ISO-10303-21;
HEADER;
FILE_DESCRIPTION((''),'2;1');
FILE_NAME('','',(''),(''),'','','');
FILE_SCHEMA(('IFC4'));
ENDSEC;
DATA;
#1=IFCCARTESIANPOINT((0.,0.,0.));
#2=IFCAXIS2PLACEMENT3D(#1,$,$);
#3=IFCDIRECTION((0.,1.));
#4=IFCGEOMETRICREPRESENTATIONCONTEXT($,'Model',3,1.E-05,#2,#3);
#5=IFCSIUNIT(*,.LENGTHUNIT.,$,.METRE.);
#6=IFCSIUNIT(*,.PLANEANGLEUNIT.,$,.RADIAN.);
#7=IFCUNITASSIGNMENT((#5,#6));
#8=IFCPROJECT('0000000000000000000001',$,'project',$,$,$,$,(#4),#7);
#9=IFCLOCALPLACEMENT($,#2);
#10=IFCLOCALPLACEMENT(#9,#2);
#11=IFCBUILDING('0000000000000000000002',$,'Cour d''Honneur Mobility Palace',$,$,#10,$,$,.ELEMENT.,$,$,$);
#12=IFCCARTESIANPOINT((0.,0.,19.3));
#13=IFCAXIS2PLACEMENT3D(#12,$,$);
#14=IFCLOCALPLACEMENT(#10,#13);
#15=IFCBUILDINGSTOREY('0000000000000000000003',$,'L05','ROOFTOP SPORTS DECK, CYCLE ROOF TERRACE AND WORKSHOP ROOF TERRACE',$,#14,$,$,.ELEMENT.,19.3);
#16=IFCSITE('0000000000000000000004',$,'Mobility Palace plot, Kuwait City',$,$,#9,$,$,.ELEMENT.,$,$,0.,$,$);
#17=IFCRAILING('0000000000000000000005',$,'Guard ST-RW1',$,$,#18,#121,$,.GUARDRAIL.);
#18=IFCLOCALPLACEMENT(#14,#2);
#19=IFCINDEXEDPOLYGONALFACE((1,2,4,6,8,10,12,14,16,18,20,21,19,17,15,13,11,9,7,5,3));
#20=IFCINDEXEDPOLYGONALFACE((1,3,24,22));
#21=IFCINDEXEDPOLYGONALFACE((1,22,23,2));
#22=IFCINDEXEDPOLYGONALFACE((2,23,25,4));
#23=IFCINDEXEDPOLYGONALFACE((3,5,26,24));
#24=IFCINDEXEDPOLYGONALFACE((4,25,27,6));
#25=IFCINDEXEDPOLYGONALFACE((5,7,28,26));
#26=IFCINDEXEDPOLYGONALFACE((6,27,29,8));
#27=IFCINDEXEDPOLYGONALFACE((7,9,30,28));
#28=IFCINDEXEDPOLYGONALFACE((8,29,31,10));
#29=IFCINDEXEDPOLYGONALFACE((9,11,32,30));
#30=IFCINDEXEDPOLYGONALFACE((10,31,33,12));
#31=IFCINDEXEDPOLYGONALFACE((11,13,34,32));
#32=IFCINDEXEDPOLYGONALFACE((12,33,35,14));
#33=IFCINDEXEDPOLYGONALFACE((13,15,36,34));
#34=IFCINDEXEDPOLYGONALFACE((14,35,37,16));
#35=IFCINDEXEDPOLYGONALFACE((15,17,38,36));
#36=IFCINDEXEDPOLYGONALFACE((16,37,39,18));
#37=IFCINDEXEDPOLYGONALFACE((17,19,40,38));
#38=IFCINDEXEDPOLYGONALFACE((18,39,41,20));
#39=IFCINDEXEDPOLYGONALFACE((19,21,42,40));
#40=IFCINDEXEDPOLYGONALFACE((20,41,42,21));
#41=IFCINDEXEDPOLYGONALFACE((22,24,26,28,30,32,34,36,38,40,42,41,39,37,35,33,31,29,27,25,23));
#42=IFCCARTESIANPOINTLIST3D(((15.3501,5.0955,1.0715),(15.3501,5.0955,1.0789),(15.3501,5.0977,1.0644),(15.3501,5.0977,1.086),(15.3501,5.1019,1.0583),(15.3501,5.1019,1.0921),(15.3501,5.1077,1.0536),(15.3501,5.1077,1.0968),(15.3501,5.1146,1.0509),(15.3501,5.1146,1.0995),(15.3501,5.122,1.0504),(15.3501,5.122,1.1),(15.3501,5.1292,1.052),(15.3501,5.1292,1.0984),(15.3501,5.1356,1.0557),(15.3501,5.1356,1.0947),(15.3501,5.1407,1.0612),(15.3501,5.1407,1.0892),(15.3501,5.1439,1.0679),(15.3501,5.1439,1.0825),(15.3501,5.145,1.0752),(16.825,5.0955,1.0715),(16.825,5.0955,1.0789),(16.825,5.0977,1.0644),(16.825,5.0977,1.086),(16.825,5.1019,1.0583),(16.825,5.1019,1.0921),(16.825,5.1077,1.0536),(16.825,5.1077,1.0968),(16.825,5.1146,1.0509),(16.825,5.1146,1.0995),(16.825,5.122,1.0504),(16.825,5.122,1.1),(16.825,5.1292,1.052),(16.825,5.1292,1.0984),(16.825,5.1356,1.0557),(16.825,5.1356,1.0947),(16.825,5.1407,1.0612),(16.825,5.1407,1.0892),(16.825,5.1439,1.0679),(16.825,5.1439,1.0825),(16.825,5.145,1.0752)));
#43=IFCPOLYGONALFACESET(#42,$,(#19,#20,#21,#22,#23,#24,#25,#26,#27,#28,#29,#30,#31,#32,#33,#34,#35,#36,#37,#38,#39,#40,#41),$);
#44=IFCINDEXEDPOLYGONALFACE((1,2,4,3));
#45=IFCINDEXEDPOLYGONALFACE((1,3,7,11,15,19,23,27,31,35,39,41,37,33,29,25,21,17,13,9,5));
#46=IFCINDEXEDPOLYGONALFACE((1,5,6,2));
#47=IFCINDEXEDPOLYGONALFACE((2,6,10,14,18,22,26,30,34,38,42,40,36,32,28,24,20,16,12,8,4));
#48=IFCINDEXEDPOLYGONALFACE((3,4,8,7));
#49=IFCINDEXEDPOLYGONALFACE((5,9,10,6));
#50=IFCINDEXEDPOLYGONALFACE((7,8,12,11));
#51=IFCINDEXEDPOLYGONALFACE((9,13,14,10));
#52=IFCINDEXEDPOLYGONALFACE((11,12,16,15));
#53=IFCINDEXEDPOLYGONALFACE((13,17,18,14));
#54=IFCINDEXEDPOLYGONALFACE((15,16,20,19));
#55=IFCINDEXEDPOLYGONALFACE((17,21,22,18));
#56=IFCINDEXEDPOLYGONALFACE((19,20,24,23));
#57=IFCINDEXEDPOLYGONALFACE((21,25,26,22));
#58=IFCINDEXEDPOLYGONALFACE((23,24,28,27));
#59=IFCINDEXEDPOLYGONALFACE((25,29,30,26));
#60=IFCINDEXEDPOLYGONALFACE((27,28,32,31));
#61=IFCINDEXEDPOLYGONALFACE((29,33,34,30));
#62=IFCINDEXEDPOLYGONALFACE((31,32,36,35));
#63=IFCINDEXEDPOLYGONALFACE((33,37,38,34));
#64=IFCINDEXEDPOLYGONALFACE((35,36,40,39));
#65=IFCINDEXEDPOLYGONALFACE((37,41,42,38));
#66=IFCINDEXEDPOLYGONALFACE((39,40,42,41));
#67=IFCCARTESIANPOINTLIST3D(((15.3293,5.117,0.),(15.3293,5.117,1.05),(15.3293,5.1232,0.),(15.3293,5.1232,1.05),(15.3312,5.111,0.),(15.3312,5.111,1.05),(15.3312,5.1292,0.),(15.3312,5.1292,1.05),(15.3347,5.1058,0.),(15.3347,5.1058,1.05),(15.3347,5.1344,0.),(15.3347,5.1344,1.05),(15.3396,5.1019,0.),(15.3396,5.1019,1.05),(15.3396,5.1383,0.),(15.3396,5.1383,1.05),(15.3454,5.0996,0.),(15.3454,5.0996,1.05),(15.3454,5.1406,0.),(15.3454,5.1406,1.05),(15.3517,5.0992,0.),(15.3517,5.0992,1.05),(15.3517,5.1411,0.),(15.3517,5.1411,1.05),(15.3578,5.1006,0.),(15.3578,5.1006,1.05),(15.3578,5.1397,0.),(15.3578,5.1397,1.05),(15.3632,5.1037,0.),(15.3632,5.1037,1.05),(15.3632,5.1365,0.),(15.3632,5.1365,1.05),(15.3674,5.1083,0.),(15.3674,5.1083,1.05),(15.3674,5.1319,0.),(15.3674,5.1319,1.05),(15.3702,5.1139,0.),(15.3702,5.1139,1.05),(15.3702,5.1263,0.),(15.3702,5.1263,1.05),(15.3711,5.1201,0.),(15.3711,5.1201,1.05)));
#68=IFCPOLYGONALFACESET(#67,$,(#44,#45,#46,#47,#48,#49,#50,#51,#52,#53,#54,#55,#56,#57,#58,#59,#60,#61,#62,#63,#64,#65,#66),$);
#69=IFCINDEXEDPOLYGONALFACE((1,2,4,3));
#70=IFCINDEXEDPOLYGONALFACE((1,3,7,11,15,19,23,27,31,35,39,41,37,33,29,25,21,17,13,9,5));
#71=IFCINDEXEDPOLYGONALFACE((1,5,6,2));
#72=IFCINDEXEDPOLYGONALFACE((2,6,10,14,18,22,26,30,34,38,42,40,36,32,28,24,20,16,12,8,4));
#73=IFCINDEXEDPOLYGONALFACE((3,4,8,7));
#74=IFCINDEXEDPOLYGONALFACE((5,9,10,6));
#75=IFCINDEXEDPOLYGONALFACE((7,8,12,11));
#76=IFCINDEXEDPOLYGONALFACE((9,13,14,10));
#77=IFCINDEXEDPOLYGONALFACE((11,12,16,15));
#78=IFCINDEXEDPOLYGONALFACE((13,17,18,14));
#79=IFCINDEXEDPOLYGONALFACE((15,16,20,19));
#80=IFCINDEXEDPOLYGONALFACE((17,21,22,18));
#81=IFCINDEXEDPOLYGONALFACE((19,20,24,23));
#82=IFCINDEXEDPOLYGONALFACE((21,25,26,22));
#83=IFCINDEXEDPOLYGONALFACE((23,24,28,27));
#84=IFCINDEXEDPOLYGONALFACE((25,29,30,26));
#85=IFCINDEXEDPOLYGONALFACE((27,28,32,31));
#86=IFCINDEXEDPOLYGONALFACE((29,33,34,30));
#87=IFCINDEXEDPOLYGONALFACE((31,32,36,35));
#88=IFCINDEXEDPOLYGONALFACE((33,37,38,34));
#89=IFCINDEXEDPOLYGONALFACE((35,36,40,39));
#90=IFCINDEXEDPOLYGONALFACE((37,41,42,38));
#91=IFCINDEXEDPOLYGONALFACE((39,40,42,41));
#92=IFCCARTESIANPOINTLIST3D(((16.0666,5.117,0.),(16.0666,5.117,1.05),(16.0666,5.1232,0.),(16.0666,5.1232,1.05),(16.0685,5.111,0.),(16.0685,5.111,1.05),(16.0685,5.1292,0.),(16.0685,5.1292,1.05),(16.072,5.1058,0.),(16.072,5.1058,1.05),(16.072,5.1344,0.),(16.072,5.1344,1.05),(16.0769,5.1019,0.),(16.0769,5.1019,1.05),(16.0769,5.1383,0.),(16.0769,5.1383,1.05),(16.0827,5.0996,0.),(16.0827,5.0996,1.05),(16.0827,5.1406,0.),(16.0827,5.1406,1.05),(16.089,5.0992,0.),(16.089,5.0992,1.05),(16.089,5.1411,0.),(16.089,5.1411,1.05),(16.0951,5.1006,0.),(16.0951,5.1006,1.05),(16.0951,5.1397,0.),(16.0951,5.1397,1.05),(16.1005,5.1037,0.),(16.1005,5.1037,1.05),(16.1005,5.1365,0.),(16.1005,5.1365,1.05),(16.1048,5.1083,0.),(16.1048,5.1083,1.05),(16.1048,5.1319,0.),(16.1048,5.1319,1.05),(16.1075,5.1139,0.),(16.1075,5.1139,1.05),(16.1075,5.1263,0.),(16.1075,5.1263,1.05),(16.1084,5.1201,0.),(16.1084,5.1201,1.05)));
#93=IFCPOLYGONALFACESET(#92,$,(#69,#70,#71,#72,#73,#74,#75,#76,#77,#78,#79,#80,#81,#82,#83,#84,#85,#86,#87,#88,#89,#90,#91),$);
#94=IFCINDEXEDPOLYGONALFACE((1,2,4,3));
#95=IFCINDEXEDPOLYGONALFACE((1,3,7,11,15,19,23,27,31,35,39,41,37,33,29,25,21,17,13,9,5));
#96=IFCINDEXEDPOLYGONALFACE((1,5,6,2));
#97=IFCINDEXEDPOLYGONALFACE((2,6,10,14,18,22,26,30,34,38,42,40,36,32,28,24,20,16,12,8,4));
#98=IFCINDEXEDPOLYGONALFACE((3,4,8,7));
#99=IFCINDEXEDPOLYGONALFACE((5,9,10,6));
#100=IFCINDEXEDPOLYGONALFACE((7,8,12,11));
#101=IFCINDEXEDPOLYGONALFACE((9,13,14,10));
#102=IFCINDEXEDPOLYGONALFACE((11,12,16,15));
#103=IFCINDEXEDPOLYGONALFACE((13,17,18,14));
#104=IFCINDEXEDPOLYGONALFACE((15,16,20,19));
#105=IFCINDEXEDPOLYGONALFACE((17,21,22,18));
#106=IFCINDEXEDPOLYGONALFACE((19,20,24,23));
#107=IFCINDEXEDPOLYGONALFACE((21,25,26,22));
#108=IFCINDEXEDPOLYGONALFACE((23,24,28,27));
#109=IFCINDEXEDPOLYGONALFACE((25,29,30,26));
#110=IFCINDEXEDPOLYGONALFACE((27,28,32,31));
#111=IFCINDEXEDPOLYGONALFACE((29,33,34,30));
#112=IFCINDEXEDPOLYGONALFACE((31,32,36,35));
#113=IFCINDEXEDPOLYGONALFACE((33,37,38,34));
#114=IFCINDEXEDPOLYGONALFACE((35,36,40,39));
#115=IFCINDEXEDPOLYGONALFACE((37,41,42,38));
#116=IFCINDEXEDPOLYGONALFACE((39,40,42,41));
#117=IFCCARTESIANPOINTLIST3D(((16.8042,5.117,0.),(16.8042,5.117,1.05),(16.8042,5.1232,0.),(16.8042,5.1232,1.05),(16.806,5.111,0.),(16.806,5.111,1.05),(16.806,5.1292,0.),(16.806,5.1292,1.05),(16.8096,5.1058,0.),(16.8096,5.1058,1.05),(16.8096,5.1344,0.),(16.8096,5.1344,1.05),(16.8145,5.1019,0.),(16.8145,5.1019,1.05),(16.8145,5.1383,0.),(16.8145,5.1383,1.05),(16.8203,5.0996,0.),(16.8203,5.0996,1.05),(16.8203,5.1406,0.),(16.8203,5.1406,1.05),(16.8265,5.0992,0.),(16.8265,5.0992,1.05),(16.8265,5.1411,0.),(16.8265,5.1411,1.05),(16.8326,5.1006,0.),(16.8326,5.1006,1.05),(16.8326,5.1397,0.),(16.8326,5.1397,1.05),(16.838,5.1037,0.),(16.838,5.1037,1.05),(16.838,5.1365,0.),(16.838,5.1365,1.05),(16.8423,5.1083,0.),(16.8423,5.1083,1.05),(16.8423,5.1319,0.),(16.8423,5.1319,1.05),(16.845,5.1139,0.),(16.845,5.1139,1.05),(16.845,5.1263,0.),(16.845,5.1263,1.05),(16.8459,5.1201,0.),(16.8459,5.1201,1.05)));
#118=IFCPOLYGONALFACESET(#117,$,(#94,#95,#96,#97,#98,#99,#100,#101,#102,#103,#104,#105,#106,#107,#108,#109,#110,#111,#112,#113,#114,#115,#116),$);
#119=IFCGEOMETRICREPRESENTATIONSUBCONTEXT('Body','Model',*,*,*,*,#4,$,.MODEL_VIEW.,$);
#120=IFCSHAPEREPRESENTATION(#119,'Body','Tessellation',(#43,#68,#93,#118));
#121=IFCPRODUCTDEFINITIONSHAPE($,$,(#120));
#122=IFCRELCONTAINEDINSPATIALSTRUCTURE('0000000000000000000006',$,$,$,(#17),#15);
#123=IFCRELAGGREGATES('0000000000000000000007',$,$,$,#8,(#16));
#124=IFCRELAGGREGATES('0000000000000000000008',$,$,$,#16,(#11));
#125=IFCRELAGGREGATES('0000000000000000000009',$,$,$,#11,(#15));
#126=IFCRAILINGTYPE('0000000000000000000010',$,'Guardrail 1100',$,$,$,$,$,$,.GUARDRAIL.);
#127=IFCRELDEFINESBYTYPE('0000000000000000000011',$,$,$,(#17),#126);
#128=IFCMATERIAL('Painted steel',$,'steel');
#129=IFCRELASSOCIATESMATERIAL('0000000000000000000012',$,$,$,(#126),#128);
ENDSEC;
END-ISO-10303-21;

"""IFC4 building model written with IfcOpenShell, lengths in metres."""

from ifc_helpers import new_model, si_unit, direction, frame, origin, origin_2d, place, context, subcontext, project, spatial, circle, extrude, material, type_object, element, save


model = new_model("IFC4")

# Units and contexts
model_context = context("Model", 3, precision=1e-05, world=origin(), true_north=direction((0.0, 1.0)))
body_context = subcontext(model_context, "Body", "Model", "MODEL_VIEW")
ifc_project = project(units=[si_unit("LENGTHUNIT", "METRE"), si_unit("PLANEANGLEUNIT", "RADIAN")], contexts=[model_context])

# Site, building, storey
site_placement = place(None, origin())
site = spatial("IfcSite", under=ifc_project, at=site_placement, Name="Mobility Palace plot, Kuwait City", CompositionType="ELEMENT", RefElevation=0.0)
building_placement = place(site_placement, origin())
building = spatial("IfcBuilding", under=site, at=building_placement, Name="Cour d'Honneur Mobility Palace", CompositionType="ELEMENT")
storey_placement = place(building_placement, frame((0.0, 0.0, 19.3)))
storey = spatial("IfcBuildingStorey", under=building, at=storey_placement, Name="L05", Description="ROOFTOP SPORTS DECK, CYCLE ROOF TERRACE AND WORKSHOP ROOF TERRACE", CompositionType="ELEMENT", Elevation=19.3)

# Railing
ifc_material_1 = material(Name="Painted steel", Category="steel")
railing_type_1 = type_object("IfcRailingType", Name="Guardrail 1100", PredefinedType="GUARDRAIL", material=ifc_material_1)
railing_1_placement = place(storey_placement, frame((15.3501, 5.1201, 0.0)))
element("IfcRailing", 1, at=railing_1_placement, inside=storey, type_object=railing_type_1, Name="Guard ST-RW1", PredefinedType="GUARDRAIL", context=body_context, shape_type="SweptSolid", body=[
    extrude(circle(Radius=0.0249, at=origin_2d()), frame((0.0, 0.0, 1.0752), z_axis=(1.0, 0.0, 0.0), x_axis=(0.0, 1.0, 0.0)), (0.0, 0.0, 1.0), 1.4749),
    extrude(circle(Radius=0.021, at=origin_2d()), origin(), (0.0, 0.0, 1.0), 1.05),
    extrude(circle(Radius=0.021, at=origin_2d()), frame((0.7373, 0.0, 0.0)), (0.0, 0.0, 1.0), 1.05),
    extrude(circle(Radius=0.021, at=origin_2d()), frame((1.4749, 0.0, 0.0)), (0.0, 0.0, 1.0), 1.05),
])

save(model, "model.ifc")
